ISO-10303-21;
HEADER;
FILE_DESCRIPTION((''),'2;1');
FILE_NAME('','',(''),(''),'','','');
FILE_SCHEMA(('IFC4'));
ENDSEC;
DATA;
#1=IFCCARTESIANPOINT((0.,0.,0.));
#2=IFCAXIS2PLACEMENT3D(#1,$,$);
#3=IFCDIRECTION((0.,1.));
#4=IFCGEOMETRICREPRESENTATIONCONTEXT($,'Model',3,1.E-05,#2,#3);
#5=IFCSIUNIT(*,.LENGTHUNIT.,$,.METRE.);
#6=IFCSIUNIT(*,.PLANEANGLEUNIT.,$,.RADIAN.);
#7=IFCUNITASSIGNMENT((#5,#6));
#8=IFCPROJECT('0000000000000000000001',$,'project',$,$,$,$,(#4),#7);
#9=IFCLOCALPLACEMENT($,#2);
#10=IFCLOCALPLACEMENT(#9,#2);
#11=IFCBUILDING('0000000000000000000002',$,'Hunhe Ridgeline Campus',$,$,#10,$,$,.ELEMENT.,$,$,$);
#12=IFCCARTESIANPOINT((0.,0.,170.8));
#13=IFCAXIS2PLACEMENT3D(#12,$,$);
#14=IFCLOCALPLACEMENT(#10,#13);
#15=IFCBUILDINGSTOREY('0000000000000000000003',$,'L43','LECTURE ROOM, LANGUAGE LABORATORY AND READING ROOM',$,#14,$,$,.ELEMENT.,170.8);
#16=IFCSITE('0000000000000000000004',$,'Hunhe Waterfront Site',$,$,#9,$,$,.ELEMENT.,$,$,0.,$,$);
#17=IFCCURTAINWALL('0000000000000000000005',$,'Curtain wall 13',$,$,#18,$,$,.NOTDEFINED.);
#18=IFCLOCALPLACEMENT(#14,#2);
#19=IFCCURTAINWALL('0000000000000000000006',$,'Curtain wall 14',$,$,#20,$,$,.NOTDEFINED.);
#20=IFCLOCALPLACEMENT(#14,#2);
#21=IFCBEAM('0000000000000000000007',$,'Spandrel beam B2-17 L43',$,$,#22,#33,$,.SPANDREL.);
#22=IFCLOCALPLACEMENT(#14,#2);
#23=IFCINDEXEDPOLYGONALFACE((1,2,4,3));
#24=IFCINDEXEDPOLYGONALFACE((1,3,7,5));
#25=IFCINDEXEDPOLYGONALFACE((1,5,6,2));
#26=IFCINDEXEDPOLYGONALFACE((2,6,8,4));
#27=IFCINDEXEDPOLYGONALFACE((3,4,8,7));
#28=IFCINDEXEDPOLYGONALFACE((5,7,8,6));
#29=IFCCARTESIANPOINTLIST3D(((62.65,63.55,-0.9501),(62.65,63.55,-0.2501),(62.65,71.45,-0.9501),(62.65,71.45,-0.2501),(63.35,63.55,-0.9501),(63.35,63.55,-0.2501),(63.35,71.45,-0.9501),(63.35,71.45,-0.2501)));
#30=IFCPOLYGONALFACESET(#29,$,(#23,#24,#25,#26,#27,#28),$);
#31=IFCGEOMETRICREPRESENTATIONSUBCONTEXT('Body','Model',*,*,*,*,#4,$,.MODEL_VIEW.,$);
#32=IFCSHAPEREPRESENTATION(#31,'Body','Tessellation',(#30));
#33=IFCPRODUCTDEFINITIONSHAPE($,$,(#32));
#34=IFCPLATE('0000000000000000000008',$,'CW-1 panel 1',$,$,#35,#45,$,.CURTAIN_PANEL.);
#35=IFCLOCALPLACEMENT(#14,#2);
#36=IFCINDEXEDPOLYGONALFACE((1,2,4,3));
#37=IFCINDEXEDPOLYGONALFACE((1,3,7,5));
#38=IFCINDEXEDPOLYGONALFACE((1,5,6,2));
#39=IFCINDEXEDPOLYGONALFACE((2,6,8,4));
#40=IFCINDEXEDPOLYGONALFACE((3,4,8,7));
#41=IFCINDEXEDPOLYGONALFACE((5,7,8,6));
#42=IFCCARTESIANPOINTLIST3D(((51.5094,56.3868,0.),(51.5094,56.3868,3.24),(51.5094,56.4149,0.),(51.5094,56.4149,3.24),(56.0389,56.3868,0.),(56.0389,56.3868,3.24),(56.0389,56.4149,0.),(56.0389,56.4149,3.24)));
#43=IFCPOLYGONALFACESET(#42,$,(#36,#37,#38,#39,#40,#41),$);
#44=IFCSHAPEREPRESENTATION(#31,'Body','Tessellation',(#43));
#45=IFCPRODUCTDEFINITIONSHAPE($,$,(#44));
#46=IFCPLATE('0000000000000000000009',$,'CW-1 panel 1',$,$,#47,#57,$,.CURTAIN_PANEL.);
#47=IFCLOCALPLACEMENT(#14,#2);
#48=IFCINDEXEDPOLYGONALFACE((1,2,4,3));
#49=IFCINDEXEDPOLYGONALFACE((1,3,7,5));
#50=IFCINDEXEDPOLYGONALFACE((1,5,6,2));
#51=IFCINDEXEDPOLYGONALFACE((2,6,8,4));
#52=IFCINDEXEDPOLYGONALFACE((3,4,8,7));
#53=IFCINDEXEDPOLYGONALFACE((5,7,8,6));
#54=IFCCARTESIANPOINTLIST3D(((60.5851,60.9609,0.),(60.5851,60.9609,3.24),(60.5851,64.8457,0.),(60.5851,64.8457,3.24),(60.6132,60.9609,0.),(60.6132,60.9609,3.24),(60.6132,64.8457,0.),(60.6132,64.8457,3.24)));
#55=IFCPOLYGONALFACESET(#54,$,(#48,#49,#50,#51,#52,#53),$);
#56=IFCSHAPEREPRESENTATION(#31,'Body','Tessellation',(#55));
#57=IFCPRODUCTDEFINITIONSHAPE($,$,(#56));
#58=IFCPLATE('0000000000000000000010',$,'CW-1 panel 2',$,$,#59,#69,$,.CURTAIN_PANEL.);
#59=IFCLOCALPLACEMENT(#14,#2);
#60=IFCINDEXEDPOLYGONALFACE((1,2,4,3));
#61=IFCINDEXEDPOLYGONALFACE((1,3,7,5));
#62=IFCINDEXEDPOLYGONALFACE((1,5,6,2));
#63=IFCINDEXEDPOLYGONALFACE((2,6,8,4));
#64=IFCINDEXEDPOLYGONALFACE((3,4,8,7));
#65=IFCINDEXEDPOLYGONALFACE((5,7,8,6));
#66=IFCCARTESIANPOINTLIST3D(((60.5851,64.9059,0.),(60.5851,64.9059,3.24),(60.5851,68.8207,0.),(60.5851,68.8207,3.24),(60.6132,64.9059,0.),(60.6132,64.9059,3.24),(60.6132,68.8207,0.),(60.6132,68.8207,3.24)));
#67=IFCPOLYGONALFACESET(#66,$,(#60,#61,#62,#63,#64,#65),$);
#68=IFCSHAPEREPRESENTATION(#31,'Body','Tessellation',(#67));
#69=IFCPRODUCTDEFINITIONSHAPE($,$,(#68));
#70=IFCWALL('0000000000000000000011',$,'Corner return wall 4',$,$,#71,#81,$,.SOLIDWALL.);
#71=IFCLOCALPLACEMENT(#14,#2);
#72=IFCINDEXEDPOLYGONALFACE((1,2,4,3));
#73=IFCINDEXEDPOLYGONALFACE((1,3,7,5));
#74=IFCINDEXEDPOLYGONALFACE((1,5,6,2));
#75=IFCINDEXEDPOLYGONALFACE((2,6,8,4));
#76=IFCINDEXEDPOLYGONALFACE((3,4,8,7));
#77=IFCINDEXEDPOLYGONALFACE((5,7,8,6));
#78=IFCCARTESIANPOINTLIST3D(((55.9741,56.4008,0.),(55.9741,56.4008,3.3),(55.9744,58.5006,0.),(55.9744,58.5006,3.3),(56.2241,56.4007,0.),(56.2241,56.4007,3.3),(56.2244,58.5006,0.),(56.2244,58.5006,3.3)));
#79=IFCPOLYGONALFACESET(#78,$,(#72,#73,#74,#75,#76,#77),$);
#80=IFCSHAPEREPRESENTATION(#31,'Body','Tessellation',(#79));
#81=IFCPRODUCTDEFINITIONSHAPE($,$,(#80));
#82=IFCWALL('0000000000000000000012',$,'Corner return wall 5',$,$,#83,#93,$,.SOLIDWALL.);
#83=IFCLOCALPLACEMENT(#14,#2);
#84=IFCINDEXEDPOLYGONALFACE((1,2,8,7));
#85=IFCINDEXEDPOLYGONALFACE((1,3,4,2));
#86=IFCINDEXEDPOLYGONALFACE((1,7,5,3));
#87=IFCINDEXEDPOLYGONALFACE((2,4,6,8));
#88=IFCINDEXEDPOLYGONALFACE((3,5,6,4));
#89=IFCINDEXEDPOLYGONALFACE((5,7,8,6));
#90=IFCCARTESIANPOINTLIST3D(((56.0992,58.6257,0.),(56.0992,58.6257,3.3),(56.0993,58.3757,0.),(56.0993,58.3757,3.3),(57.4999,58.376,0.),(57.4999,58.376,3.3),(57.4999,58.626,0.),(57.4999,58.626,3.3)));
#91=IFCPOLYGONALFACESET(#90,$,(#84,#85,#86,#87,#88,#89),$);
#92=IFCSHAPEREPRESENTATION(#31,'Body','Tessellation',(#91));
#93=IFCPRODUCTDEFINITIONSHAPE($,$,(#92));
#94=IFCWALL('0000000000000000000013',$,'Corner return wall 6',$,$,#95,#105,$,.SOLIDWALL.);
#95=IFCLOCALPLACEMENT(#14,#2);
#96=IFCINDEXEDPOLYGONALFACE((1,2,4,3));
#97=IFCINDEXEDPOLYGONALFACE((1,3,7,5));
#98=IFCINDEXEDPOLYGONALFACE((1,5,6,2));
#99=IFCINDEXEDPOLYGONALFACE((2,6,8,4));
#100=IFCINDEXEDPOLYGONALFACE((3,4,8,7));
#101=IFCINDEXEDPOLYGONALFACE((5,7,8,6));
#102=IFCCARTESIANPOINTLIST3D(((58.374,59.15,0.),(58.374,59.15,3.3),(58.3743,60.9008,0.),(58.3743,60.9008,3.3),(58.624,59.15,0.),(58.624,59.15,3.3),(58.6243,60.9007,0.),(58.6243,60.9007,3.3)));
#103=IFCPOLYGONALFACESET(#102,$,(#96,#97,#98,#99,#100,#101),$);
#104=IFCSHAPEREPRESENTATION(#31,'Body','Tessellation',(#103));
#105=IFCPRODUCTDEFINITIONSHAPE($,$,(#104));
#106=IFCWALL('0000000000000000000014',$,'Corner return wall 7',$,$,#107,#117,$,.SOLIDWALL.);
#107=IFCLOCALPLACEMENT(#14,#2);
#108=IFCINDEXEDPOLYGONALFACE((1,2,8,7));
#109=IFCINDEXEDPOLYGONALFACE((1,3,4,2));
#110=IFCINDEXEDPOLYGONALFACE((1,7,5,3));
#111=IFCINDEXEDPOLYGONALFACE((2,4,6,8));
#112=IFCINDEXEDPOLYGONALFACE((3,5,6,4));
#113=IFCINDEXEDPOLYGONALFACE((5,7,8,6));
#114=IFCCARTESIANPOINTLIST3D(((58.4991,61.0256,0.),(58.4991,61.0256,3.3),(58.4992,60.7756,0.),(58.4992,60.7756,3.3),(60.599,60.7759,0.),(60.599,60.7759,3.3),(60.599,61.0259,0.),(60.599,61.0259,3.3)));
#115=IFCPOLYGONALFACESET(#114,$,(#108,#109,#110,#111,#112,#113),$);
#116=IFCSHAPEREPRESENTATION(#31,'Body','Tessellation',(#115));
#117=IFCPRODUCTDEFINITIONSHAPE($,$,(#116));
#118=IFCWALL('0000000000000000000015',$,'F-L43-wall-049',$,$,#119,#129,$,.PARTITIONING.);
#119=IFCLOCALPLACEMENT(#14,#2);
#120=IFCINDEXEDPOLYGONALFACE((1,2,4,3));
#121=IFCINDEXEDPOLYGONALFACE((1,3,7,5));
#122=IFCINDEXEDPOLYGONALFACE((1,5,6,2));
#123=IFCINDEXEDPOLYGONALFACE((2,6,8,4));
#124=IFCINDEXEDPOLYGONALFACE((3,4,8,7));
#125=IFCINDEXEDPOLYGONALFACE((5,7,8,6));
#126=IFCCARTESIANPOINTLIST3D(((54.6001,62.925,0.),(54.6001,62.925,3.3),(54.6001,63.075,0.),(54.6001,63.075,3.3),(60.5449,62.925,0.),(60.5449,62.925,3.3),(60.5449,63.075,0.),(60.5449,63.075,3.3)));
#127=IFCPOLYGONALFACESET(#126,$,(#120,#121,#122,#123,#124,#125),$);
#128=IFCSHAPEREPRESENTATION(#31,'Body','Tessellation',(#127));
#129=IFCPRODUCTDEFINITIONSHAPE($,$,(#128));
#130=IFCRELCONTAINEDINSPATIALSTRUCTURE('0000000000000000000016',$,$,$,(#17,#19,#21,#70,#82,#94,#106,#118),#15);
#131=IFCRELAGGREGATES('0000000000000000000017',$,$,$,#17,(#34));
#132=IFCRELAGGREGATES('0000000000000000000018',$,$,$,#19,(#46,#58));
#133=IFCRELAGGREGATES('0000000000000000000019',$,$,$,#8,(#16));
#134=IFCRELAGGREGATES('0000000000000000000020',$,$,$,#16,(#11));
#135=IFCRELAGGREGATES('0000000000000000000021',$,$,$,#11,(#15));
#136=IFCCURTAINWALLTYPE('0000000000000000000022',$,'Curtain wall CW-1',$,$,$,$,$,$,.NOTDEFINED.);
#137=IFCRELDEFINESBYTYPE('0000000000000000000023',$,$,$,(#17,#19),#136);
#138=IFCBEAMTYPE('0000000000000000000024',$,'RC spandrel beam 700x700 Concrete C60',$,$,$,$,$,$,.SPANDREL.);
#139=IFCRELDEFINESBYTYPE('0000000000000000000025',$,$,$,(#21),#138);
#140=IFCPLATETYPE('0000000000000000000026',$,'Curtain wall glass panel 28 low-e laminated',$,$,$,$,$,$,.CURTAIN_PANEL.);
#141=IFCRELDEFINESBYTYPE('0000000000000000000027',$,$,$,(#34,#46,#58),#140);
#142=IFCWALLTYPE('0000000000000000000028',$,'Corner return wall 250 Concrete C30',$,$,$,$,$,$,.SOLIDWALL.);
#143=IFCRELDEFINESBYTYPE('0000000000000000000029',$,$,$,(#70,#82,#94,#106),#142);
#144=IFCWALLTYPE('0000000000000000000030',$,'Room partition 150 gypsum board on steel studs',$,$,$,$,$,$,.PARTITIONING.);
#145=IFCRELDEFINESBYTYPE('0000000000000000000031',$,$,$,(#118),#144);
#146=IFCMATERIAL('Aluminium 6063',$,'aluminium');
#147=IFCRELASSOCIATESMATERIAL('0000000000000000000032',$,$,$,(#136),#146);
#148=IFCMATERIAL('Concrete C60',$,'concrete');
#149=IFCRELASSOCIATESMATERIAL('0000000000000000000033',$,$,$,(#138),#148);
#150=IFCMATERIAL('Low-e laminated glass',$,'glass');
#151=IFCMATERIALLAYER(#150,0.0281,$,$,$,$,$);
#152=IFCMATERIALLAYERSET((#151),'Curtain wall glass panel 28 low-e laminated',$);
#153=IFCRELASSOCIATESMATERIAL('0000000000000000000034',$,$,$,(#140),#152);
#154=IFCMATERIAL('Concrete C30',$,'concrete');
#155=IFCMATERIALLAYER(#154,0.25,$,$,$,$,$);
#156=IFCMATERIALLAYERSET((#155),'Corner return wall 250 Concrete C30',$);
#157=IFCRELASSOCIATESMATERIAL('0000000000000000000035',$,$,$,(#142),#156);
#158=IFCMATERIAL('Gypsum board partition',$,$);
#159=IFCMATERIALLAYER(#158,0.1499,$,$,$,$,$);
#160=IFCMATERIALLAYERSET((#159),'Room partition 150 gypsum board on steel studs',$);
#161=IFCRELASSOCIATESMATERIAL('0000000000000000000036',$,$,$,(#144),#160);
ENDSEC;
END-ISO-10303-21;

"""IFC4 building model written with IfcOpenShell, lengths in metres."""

from ifc_helpers import new_model, si_unit, direction, frame, frame_2d, origin, origin_2d, place, context, subcontext, project, spatial, rectangle, extrude, material, layer, layer_set, material_profile, profile_set, type_object, element, aggregate, save


model = new_model("IFC4")

# Units and contexts
model_context = context("Model", 3, precision=1e-05, world=origin(), true_north=direction((0.0, 1.0)))
body_context = subcontext(model_context, "Body", "Model", "MODEL_VIEW")
ifc_project = project(units=[si_unit("LENGTHUNIT", "METRE"), si_unit("PLANEANGLEUNIT", "RADIAN")], contexts=[model_context])

# Site, building, storey
site_placement = place(None, origin())
site = spatial("IfcSite", under=ifc_project, at=site_placement, Name="Hunhe Waterfront Site", CompositionType="ELEMENT", RefElevation=0.0)
building_placement = place(site_placement, origin())
building = spatial("IfcBuilding", under=site, at=building_placement, Name="Hunhe Ridgeline Campus", CompositionType="ELEMENT")
storey_placement = place(building_placement, frame((0.0, 0.0, 170.8)))
storey = spatial("IfcBuildingStorey", under=building, at=storey_placement, Name="L43", Description="LECTURE ROOM, LANGUAGE LABORATORY AND READING ROOM", CompositionType="ELEMENT", Elevation=170.8)

# Curtain wall
ifc_material_1 = material(Name="Aluminium 6063", Category="aluminium")
curtain_wall_type = type_object("IfcCurtainWallType", Name="Curtain wall CW-1", PredefinedType="NOTDEFINED", material=ifc_material_1)
curtain_wall_1_placement = place(storey_placement, origin())
curtain_wall_1 = element("IfcCurtainWall", 1, at=curtain_wall_1_placement, inside=storey, type_object=curtain_wall_type, Name="Curtain wall 13", PredefinedType="NOTDEFINED")

# Curtain wall
curtain_wall_2_placement = place(storey_placement, origin())
curtain_wall_2 = element("IfcCurtainWall", 2, at=curtain_wall_2_placement, inside=storey, type_object=curtain_wall_type, Name="Curtain wall 14", PredefinedType="NOTDEFINED")

# Beam
ifc_material_2 = material(Name="Concrete C60", Category="concrete")
ifc_material_profile_1 = material_profile(ifc_material_2, rectangle(XDim=0.7, YDim=0.7, at=origin_2d()))
ifc_profile_set_1 = profile_set([ifc_material_profile_1], Name="Concrete C60")
beam_type = type_object("IfcBeamType", Name="RC spandrel beam 700x700 Concrete C60", PredefinedType="SPANDREL", material=ifc_profile_set_1)
beam_1_placement = place(storey_placement, frame((63.0, 63.55, -0.6001), z_axis=(0.0, 1.0, 0.0), x_axis=(-1.0, 0.0, 0.0)))
element("IfcBeam", 3, at=beam_1_placement, inside=storey, type_object=beam_type, Name="Spandrel beam B2-17 L43", PredefinedType="SPANDREL", context=body_context, shape_type="SweptSolid", body=[
    extrude(rectangle(XDim=0.7, YDim=0.7, at=origin_2d()), origin(), (0.0, 0.0, 1.0), 7.8999),
])

# Plates
ifc_material_3 = material(Name="Low-e laminated glass", Category="glass")
ifc_layer_1 = layer(ifc_material_3, 0.0281)
ifc_layer_set_1 = layer_set([ifc_layer_1], Name="Curtain wall glass panel 28 low-e laminated")
plate_type = type_object("IfcPlateType", Name="Curtain wall glass panel 28 low-e laminated", PredefinedType="CURTAIN_PANEL", material=ifc_layer_set_1)
plate_1_placement = place(storey_placement, frame((53.7742, 56.4009, 0.0), z_axis=(0.0, 0.0, 1.0), x_axis=(1.0, 0.000002, 0.0)))
plate_1 = element("IfcPlate", 4, at=plate_1_placement, type_object=plate_type, Name="CW-1 panel 1", PredefinedType="CURTAIN_PANEL", context=body_context, shape_type="SweptSolid", body=[
    extrude(rectangle(XDim=4.5295, YDim=0.0281, at=origin_2d()), origin(), (0.0, 0.0, 1.0), 3.24),
])
aggregate(curtain_wall_1, [plate_1])
plate_2_placement = place(storey_placement, frame((60.5991, 62.9033, 0.0), z_axis=(0.0, 0.0, 1.0), x_axis=(0.0, 1.0, 0.0)))
plate_2 = element("IfcPlate", 5, at=plate_2_placement, type_object=plate_type, Name="CW-1 panel 1", PredefinedType="CURTAIN_PANEL", context=body_context, shape_type="SweptSolid", body=[
    extrude(rectangle(XDim=3.8848, YDim=0.0281, at=origin_2d()), origin(), (0.0, 0.0, 1.0), 3.24),
])
plate_3_placement = place(storey_placement, frame((60.5991, 66.8633, 0.0), z_axis=(0.0, 0.0, 1.0), x_axis=(0.0, 1.0, 0.0)))
plate_3 = element("IfcPlate", 6, at=plate_3_placement, type_object=plate_type, Name="CW-1 panel 2", PredefinedType="CURTAIN_PANEL", context=body_context, shape_type="SweptSolid", body=[
    extrude(rectangle(XDim=3.9148, YDim=0.0281, at=origin_2d()), origin(), (0.0, 0.0, 1.0), 3.24),
])
aggregate(curtain_wall_2, [plate_2, plate_3])

# Walls
ifc_material_4 = material(Name="Concrete C30", Category="concrete")
ifc_layer_2 = layer(ifc_material_4, 0.25)
ifc_layer_set_2 = layer_set([ifc_layer_2], Name="Corner return wall 250 Concrete C30")
wall_type_1 = type_object("IfcWallType", Name="Corner return wall 250 Concrete C30", PredefinedType="SOLIDWALL", material=ifc_layer_set_2)
wall_1_placement = place(storey_placement, frame((56.0991, 56.4009, 0.0), z_axis=(0.0, 0.0, 1.0), x_axis=(0.000116, 1.0, 0.0)))
element("IfcWall", 7, at=wall_1_placement, inside=storey, type_object=wall_type_1, Name="Corner return wall 4", PredefinedType="SOLIDWALL", context=body_context, shape_type="SweptSolid", body=[
    extrude(rectangle(XDim=2.0999, YDim=0.25, at=frame_2d((1.0498, 0.0))), origin(), (0.0, 0.0, 1.0), 3.3),
])
wall_2_placement = place(storey_placement, frame((56.0994, 58.5007, 0.0), z_axis=(0.0, 0.0, 1.0), x_axis=(1.0, 0.000174, 0.0)))
element("IfcWall", 8, at=wall_2_placement, inside=storey, type_object=wall_type_1, Name="Corner return wall 5", PredefinedType="SOLIDWALL", context=body_context, shape_type="SweptSolid", body=[
    extrude(rectangle(XDim=1.4006, YDim=0.25, at=frame_2d((0.7002, 0.0))), origin(), (0.0, 0.0, 1.0), 3.3),
])
wall_3_placement = place(storey_placement, frame((58.499, 59.1499, 0.0), z_axis=(0.0, 0.0, 1.0), x_axis=(0.000139, 1.0, 0.0)))
element("IfcWall", 9, at=wall_3_placement, inside=storey, type_object=wall_type_1, Name="Corner return wall 6", PredefinedType="SOLIDWALL", context=body_context, shape_type="SweptSolid", body=[
    extrude(rectangle(XDim=1.7507, YDim=0.25, at=frame_2d((0.8755, 0.0))), origin(), (0.0, 0.0, 1.0), 3.3),
])
wall_4_placement = place(storey_placement, frame((58.4993, 60.9006, 0.0), z_axis=(0.0, 0.0, 1.0), x_axis=(1.0, 0.000116, 0.0)))
element("IfcWall", 10, at=wall_4_placement, inside=storey, type_object=wall_type_1, Name="Corner return wall 7", PredefinedType="SOLIDWALL", context=body_context, shape_type="SweptSolid", body=[
    extrude(rectangle(XDim=2.0999, YDim=0.25, at=frame_2d((1.0498, 0.0))), origin(), (0.0, 0.0, 1.0), 3.3),
])
ifc_material_5 = material(Name="Gypsum board partition")
ifc_layer_3 = layer(ifc_material_5, 0.1499)
ifc_layer_set_3 = layer_set([ifc_layer_3], Name="Room partition 150 gypsum board on steel studs")
wall_type_2 = type_object("IfcWallType", Name="Room partition 150 gypsum board on steel studs", PredefinedType="PARTITIONING", material=ifc_layer_set_3)
wall_5_placement = place(storey_placement, frame((54.6001, 63.0, 0.0), z_axis=(0.0, 0.0, 1.0), x_axis=(1.0, 0.0, 0.0)))
element("IfcWall", 11, at=wall_5_placement, inside=storey, type_object=wall_type_2, Name="F-L43-wall-049", PredefinedType="PARTITIONING", context=body_context, shape_type="SweptSolid", body=[
    extrude(rectangle(XDim=5.9448, YDim=0.1499, at=frame_2d((2.9724, 0.0))), origin(), (0.0, 0.0, 1.0), 3.3),
])

save(model, "model.ifc")
